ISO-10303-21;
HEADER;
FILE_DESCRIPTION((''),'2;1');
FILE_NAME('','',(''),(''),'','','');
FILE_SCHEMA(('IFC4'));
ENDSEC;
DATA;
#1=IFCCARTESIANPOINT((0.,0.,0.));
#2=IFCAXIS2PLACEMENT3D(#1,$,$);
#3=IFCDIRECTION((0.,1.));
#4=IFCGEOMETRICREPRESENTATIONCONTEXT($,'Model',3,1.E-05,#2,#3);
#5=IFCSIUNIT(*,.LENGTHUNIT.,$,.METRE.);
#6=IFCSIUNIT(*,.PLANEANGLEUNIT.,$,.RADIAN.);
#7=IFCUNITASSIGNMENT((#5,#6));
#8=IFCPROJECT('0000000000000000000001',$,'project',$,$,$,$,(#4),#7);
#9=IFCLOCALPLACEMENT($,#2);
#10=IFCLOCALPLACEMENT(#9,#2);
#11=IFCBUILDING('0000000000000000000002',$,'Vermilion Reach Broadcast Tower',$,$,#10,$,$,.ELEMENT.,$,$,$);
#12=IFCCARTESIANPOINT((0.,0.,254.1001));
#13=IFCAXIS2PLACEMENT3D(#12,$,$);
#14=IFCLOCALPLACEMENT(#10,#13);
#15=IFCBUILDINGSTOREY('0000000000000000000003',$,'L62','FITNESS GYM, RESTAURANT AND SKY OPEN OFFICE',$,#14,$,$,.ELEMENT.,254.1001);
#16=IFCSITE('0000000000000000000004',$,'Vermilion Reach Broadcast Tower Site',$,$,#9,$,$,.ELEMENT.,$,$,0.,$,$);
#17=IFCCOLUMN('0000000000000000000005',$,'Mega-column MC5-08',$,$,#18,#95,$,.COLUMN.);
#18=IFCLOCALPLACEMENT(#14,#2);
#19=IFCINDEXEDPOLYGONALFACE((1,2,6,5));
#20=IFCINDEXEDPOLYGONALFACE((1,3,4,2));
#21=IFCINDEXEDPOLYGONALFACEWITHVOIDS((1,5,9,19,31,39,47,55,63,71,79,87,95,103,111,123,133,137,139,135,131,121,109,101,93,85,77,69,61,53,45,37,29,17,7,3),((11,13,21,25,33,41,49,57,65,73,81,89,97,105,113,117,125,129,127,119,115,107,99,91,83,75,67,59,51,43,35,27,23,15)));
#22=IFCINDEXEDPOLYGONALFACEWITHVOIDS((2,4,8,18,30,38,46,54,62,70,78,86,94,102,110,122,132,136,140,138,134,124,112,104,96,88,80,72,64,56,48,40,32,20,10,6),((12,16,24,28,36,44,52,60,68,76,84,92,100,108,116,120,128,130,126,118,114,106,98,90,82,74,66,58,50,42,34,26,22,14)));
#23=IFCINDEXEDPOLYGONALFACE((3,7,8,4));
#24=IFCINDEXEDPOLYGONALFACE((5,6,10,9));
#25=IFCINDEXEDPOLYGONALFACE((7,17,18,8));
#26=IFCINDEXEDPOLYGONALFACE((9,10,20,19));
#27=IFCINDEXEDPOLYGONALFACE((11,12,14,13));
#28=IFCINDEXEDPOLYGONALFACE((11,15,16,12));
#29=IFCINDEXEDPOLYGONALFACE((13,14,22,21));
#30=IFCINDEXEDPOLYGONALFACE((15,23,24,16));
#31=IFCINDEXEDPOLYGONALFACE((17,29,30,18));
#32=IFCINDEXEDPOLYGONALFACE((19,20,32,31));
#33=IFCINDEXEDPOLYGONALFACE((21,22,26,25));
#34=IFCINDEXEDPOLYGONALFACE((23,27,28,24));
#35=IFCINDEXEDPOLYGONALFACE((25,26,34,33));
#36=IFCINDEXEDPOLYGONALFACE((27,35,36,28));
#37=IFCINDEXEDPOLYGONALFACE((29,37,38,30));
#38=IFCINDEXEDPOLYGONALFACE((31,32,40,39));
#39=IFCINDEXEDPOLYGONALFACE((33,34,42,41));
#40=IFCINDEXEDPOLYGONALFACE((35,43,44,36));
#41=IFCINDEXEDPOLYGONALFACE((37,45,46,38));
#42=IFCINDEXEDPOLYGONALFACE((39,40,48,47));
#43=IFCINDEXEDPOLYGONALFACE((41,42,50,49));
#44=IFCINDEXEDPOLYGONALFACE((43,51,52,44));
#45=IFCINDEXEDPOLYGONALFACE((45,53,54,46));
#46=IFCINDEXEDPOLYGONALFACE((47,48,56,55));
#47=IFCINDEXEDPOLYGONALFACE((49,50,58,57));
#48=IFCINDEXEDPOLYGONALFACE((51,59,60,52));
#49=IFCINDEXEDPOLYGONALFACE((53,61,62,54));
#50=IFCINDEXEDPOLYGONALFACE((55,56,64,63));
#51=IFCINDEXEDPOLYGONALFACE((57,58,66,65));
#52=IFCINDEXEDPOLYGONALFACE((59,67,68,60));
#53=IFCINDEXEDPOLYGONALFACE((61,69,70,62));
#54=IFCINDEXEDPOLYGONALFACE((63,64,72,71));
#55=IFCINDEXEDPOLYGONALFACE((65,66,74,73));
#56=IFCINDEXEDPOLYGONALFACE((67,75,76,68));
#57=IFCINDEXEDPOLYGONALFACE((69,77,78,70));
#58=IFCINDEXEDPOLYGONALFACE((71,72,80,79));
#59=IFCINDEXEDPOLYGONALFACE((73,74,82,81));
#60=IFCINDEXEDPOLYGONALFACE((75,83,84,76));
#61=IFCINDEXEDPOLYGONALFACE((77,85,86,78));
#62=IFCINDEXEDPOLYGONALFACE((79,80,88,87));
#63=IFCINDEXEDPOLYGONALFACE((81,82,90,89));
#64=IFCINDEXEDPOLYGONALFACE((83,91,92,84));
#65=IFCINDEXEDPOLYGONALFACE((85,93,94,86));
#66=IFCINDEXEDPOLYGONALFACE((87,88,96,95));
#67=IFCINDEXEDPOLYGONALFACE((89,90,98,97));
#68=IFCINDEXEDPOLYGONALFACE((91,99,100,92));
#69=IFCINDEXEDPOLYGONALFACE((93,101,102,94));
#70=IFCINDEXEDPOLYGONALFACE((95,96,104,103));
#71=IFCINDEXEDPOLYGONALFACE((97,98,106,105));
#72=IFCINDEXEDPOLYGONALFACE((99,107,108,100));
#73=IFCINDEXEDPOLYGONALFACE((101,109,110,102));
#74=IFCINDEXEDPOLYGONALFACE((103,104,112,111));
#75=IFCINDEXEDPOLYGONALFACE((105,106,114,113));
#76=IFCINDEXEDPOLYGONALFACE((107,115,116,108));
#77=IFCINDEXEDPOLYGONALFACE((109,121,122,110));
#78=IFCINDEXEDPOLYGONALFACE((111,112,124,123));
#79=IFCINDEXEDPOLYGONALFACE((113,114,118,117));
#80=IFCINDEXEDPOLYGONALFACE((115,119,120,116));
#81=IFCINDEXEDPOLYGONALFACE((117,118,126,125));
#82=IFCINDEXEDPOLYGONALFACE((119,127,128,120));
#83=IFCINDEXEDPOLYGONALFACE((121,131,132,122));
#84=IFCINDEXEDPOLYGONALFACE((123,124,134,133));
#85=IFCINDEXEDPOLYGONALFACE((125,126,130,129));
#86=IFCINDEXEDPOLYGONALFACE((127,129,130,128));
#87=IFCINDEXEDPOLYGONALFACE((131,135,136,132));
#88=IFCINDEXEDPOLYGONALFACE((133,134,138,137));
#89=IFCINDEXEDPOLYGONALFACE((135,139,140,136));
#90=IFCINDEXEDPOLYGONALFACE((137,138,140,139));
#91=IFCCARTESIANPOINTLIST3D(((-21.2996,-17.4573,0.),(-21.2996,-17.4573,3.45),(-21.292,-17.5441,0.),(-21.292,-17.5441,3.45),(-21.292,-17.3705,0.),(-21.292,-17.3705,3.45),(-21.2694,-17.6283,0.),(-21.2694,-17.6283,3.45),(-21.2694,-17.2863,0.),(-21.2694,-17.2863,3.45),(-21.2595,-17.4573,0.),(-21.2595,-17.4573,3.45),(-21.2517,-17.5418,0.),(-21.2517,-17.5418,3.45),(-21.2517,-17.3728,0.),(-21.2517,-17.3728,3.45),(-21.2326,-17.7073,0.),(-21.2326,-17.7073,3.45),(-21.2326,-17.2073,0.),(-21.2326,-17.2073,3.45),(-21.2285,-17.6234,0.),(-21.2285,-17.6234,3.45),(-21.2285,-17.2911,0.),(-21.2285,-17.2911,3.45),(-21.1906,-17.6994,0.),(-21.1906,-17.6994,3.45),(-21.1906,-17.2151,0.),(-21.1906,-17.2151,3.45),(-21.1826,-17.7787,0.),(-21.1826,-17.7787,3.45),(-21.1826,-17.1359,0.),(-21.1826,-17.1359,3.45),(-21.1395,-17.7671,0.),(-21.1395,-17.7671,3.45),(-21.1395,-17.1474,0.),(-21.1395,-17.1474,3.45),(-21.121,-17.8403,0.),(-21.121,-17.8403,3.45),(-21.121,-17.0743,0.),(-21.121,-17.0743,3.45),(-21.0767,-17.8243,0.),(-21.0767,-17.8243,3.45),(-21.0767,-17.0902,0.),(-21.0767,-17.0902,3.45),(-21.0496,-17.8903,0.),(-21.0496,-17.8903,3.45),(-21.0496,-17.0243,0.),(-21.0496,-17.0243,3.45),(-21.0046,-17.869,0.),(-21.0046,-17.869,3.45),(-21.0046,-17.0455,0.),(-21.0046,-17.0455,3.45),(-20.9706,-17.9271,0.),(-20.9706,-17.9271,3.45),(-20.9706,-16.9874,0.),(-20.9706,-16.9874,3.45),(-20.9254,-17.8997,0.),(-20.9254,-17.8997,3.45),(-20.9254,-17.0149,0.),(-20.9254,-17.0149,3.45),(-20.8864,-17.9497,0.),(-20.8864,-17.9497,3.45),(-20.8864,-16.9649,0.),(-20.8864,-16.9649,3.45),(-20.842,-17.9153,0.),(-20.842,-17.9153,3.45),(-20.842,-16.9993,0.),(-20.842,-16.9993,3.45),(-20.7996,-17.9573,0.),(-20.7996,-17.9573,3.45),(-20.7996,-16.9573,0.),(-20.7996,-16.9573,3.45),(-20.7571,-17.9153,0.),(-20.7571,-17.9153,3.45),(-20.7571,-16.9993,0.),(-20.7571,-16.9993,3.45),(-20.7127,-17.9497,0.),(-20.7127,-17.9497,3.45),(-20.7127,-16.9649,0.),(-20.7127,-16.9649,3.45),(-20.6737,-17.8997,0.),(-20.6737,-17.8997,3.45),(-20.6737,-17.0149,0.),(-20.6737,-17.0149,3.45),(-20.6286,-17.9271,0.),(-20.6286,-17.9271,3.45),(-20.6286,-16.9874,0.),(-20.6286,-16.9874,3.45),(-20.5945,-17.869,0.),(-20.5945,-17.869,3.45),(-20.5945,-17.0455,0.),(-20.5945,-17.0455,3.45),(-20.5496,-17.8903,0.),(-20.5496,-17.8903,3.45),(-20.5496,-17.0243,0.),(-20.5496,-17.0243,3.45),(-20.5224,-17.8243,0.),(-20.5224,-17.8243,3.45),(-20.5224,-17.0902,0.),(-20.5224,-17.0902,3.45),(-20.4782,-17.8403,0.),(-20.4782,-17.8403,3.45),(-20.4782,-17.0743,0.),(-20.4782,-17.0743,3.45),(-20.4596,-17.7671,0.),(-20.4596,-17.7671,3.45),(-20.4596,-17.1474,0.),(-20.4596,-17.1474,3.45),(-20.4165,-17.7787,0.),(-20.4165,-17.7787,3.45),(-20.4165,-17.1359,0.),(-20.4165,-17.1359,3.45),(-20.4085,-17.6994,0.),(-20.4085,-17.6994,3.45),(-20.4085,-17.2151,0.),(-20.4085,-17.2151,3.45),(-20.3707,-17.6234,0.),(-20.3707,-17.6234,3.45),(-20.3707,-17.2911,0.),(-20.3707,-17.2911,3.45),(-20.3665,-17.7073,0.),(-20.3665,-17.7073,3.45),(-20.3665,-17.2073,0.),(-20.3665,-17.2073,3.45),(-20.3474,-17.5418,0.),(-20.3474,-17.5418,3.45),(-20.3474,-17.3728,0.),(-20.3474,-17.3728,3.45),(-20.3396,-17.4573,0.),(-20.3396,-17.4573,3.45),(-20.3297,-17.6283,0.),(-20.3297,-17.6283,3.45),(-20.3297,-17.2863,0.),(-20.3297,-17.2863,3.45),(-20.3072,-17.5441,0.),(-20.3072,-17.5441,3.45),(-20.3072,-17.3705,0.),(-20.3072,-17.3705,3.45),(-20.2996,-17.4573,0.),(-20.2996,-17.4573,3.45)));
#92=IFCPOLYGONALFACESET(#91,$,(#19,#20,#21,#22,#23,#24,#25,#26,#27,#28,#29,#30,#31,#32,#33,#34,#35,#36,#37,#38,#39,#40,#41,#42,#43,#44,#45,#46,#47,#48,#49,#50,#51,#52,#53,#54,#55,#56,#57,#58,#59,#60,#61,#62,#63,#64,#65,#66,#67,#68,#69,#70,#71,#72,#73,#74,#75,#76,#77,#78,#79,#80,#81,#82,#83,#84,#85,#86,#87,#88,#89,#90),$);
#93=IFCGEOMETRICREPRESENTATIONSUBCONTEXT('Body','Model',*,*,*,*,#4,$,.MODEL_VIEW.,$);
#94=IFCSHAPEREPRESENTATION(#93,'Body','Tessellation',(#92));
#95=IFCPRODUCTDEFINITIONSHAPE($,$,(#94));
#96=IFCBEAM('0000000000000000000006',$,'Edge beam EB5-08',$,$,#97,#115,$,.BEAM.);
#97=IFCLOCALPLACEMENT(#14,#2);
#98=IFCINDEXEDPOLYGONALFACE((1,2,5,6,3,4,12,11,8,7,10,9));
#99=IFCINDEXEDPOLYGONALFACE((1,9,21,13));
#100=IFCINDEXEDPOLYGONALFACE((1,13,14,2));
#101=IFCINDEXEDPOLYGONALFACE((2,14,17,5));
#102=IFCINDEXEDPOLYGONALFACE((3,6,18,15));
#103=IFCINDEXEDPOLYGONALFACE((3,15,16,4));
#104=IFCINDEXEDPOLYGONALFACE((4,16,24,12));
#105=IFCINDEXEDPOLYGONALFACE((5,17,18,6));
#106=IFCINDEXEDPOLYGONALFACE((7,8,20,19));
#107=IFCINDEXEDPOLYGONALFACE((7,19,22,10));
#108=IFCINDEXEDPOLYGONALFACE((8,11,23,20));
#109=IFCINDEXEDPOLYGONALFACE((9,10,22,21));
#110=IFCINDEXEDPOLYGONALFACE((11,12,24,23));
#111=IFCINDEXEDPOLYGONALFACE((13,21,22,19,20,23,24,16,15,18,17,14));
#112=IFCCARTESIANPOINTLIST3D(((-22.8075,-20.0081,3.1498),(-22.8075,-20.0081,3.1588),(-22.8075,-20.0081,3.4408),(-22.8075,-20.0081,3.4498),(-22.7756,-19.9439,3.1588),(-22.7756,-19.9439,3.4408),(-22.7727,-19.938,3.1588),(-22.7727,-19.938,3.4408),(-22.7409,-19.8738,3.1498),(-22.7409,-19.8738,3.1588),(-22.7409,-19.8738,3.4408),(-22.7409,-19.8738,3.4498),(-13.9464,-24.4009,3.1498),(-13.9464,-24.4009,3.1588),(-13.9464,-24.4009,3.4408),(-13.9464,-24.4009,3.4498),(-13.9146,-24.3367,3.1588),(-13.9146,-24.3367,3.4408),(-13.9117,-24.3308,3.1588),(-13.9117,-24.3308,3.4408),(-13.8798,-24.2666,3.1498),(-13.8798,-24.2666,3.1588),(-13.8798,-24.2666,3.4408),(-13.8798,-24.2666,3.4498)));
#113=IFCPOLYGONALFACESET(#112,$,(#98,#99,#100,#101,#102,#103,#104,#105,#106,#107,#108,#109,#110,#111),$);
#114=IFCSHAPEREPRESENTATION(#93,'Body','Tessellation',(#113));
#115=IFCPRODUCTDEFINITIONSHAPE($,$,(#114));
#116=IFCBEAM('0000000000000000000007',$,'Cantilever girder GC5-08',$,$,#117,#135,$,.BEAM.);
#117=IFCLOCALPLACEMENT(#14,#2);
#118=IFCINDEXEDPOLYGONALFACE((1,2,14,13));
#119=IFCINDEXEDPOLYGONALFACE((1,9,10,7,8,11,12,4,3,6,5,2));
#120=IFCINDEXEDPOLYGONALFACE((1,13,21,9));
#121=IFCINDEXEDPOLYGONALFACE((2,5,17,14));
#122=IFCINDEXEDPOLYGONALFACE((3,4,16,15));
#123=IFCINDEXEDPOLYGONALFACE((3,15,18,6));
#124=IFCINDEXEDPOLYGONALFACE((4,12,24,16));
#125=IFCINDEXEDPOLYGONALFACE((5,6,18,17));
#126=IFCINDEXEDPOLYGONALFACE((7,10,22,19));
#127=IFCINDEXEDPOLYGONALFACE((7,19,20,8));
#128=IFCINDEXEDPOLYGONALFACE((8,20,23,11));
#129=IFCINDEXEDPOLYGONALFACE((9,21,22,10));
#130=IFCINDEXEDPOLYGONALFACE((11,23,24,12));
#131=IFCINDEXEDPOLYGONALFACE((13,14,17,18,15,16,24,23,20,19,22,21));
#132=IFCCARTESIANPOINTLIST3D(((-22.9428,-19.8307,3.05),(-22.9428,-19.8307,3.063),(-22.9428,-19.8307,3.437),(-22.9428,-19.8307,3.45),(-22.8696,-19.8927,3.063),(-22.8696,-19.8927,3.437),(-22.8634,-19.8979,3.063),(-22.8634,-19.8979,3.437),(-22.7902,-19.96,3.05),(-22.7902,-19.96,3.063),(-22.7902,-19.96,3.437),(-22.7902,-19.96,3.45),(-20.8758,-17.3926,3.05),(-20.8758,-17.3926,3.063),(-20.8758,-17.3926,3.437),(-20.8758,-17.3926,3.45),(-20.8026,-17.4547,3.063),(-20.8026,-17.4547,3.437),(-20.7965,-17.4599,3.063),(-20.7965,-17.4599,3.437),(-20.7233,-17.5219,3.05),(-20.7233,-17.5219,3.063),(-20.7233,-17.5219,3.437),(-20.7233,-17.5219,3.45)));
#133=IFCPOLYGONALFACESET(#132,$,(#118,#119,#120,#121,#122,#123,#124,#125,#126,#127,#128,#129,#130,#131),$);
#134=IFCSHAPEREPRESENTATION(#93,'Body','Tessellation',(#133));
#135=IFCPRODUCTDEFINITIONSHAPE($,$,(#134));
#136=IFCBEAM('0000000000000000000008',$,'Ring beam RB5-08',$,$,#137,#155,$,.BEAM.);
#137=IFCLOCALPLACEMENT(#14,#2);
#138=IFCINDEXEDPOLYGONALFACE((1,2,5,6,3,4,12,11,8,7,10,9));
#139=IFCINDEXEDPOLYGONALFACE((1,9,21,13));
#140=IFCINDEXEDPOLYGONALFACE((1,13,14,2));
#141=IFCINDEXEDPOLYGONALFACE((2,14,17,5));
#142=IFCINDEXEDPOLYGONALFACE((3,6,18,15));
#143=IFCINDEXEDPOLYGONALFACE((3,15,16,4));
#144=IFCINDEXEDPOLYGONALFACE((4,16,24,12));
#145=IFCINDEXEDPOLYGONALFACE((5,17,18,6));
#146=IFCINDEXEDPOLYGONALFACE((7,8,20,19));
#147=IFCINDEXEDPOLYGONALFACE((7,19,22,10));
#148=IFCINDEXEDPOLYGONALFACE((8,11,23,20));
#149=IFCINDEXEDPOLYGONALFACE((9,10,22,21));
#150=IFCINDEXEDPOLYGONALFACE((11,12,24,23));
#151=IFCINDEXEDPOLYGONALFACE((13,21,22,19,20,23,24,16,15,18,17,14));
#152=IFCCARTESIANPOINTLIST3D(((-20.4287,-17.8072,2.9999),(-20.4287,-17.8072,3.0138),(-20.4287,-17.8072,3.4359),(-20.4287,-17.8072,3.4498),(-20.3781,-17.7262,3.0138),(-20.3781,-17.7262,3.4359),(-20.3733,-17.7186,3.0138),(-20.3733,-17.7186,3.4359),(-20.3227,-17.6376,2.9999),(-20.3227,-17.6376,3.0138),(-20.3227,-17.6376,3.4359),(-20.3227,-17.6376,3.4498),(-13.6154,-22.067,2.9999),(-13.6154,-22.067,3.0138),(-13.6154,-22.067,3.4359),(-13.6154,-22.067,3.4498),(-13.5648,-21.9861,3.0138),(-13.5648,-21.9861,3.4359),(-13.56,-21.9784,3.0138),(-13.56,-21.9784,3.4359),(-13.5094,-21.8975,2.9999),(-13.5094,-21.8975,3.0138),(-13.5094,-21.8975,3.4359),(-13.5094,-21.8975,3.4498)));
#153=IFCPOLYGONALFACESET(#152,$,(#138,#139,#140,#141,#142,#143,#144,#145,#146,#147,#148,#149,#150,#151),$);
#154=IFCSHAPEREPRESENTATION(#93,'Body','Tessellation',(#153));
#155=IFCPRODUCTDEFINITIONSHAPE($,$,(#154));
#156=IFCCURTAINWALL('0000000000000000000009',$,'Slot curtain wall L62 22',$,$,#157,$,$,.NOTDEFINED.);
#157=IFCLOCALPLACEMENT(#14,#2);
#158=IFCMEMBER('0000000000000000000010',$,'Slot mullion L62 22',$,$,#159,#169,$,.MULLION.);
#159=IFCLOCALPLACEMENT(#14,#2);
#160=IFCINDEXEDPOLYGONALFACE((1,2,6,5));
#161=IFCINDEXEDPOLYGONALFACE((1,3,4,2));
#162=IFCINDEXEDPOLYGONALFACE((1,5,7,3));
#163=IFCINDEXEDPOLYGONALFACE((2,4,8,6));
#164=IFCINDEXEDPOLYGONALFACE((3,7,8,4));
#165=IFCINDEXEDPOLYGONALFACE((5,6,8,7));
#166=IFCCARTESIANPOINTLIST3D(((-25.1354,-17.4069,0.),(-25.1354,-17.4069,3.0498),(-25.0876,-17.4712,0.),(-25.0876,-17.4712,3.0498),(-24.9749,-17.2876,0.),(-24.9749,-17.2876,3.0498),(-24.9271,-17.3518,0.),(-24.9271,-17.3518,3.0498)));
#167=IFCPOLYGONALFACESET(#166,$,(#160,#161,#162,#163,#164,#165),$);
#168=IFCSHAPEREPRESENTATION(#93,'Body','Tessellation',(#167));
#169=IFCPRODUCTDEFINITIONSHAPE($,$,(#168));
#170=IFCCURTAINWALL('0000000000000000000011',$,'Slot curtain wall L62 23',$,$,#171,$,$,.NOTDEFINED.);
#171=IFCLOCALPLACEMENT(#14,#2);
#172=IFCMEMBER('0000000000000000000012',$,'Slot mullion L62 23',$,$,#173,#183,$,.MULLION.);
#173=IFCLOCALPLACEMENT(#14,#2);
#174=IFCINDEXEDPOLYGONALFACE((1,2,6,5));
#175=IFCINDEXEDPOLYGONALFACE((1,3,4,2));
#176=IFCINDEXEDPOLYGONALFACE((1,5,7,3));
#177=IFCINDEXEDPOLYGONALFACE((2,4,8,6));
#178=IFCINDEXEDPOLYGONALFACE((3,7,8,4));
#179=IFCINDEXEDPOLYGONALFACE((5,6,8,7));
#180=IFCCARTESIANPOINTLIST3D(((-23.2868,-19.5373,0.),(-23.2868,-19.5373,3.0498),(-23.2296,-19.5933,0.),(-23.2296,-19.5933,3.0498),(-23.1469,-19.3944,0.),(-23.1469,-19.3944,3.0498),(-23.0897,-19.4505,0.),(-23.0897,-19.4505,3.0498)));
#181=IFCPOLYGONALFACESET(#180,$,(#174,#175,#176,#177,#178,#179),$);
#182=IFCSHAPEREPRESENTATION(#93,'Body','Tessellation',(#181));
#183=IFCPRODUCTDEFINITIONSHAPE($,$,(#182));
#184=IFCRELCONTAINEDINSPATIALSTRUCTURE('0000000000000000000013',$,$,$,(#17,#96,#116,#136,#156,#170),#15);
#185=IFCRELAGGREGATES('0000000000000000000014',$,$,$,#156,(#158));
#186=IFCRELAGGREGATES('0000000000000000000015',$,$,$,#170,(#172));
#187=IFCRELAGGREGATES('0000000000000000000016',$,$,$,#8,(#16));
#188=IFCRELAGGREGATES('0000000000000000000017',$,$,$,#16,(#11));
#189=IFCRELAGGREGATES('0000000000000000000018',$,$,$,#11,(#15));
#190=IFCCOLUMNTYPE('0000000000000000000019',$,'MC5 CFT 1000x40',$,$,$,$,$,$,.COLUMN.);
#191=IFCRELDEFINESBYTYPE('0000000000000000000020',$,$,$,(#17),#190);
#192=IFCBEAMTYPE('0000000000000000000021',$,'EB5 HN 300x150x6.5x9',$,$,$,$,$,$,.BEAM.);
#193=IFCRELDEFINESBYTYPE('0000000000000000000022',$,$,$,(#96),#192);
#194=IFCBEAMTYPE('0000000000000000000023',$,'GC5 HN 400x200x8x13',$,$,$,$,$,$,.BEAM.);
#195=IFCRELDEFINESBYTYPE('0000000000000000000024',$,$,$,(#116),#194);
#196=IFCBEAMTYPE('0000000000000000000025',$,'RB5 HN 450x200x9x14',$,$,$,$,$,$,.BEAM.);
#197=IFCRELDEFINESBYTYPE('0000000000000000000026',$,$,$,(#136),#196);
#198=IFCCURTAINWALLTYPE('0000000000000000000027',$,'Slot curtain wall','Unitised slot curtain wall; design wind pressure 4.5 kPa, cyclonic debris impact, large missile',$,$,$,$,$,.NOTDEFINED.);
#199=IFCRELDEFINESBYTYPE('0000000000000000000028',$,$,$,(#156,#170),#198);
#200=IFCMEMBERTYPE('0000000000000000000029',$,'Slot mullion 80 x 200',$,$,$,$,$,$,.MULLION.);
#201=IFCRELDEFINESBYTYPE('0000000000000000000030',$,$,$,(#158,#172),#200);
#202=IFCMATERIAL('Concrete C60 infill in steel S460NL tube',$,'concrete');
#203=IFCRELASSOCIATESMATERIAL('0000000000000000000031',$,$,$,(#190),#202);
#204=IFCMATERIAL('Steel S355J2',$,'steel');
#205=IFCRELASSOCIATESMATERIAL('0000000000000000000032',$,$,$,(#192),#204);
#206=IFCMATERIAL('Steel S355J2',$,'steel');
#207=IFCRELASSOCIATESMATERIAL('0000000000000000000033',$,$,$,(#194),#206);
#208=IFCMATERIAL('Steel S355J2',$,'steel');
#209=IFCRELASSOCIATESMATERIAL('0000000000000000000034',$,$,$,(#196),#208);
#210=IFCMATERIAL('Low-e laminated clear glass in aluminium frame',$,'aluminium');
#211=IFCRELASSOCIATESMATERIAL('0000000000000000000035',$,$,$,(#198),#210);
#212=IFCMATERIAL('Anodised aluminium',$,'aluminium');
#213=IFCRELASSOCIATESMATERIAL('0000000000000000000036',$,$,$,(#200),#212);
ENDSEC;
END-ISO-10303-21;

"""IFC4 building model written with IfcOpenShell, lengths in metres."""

from ifc_helpers import new_model, si_unit, direction, frame, origin, origin_2d, place, context, subcontext, project, spatial, rectangle, hollow_circle, i_section, extrude, material, material_profile, profile_set, type_object, element, aggregate, save


model = new_model("IFC4")

# Units and contexts
model_context = context("Model", 3, precision=1e-05, world=origin(), true_north=direction((0.0, 1.0)))
body_context = subcontext(model_context, "Body", "Model", "MODEL_VIEW")
ifc_project = project(units=[si_unit("LENGTHUNIT", "METRE"), si_unit("PLANEANGLEUNIT", "RADIAN")], contexts=[model_context])

# Site, building, storey
site_placement = place(None, origin())
site = spatial("IfcSite", under=ifc_project, at=site_placement, Name="Vermilion Reach Broadcast Tower Site", CompositionType="ELEMENT", RefElevation=0.0)
building_placement = place(site_placement, origin())
building = spatial("IfcBuilding", under=site, at=building_placement, Name="Vermilion Reach Broadcast Tower", CompositionType="ELEMENT")
storey_placement = place(building_placement, frame((0.0, 0.0, 254.1001)))
storey = spatial("IfcBuildingStorey", under=building, at=storey_placement, Name="L62", Description="FITNESS GYM, RESTAURANT AND SKY OPEN OFFICE", CompositionType="ELEMENT", Elevation=254.1001)

# Column
ifc_material_1 = material(Name="Concrete C60 infill in steel S460NL tube", Category="concrete")
ifc_material_profile_1 = material_profile(ifc_material_1, hollow_circle(Radius=0.5, WallThickness=0.04, at=origin_2d()), Name="Concrete C60 infill in steel S460NL tube CFT 1000x40")
ifc_profile_set_1 = profile_set([ifc_material_profile_1], Name="Concrete C60 infill in steel S460NL tube")
column_type = type_object("IfcColumnType", Name="MC5 CFT 1000x40", PredefinedType="COLUMN", material=ifc_profile_set_1)
column_placement = place(storey_placement, frame((-20.7996, -17.4573, 0.0), z_axis=(0.0, 0.0, 1.0), x_axis=(1.0, 0.0, 0.0)))
element("IfcColumn", 1, at=column_placement, inside=storey, type_object=column_type, Name="Mega-column MC5-08", PredefinedType="COLUMN", context=body_context, shape_type="SweptSolid", body=[
    extrude(hollow_circle(Radius=0.5, WallThickness=0.04, at=origin_2d()), origin(), (0.0, 0.0, 1.0), 3.45),
])

# Beams
ifc_material_2 = material(Name="Steel S355J2", Category="steel")
ifc_material_profile_2 = material_profile(ifc_material_2, i_section(OverallWidth=0.1499, OverallDepth=0.3, WebThickness=0.0066, FlangeThickness=0.009, at=origin_2d()), Name="S355J2 HN 300x150x6.5x9")
ifc_profile_set_2 = profile_set([ifc_material_profile_2], Name="Steel S355J2")
beam_type_1 = type_object("IfcBeamType", Name="EB5 HN 300x150x6.5x9", PredefinedType="BEAM", material=ifc_profile_set_2)
beam_1_placement = place(storey_placement, frame((-22.7742, -19.9409, 3.2998), z_axis=(0.895948, -0.44416, 0.0), x_axis=(0.44416, 0.895948, 0.0)))
element("IfcBeam", 2, at=beam_1_placement, inside=storey, type_object=beam_type_1, Name="Edge beam EB5-08", PredefinedType="BEAM", context=body_context, shape_type="SweptSolid", body=[
    extrude(i_section(OverallWidth=0.1499, OverallDepth=0.3, WebThickness=0.0066, FlangeThickness=0.009, at=origin_2d()), origin(), (0.0, 0.0, 1.0), 9.8901),
])
ifc_material_3 = material(Name="Steel S355J2", Category="steel")
ifc_material_profile_3 = material_profile(ifc_material_3, i_section(OverallWidth=0.2, OverallDepth=0.3999, WebThickness=0.0081, FlangeThickness=0.0129, at=origin_2d()), Name="S355J2 HN 400x200x8x13")
ifc_profile_set_3 = profile_set([ifc_material_profile_3], Name="Steel S355J2")
beam_type_2 = type_object("IfcBeamType", Name="GC5 HN 400x200x8x13", PredefinedType="BEAM", material=ifc_profile_set_3)
beam_2_placement = place(storey_placement, frame((-20.7996, -17.4573, 3.25), z_axis=(-0.646668, -0.762772, 0.0), x_axis=(0.762772, -0.646668, 0.0)))
element("IfcBeam", 3, at=beam_2_placement, inside=storey, type_object=beam_type_2, Name="Cantilever girder GC5-08", PredefinedType="BEAM", context=body_context, shape_type="SweptSolid", body=[
    extrude(i_section(OverallWidth=0.2, OverallDepth=0.3999, WebThickness=0.0081, FlangeThickness=0.0129, at=origin_2d()), origin(), (0.0, 0.0, 1.0), 3.1963),
])
ifc_material_4 = material(Name="Steel S355J2", Category="steel")
ifc_material_profile_4 = material_profile(ifc_material_4, i_section(OverallWidth=0.2, OverallDepth=0.45, WebThickness=0.009, FlangeThickness=0.0139, at=origin_2d()), Name="S355J2 HN 450x200x9x14")
ifc_profile_set_4 = profile_set([ifc_material_profile_4], Name="Steel S355J2")
beam_type_3 = type_object("IfcBeamType", Name="RB5 HN 450x200x9x14", PredefinedType="BEAM", material=ifc_profile_set_4)
beam_3_placement = place(storey_placement, frame((-20.3757, -17.7224, 3.2249), z_axis=(0.847915, -0.530133, 0.0), x_axis=(0.530133, 0.847915, 0.0)))
element("IfcBeam", 4, at=beam_3_placement, inside=storey, type_object=beam_type_3, Name="Ring beam RB5-08", PredefinedType="BEAM", context=body_context, shape_type="SweptSolid", body=[
    extrude(i_section(OverallWidth=0.2, OverallDepth=0.45, WebThickness=0.009, FlangeThickness=0.0139, at=origin_2d()), origin(), (0.0, 0.0, 1.0), 8.0354),
])

# Curtain walls, members
ifc_material_5 = material(Name="Low-e laminated clear glass in aluminium frame", Category="aluminium")
curtain_wall_type = type_object("IfcCurtainWallType", Name="Slot curtain wall", Description="Unitised slot curtain wall; design wind pressure 4.5 kPa, cyclonic debris impact, large missile", PredefinedType="NOTDEFINED", material=ifc_material_5)
placement = place(storey_placement, origin())
curtain_wall_1 = element("IfcCurtainWall", 5, at=placement, inside=storey, type_object=curtain_wall_type, Name="Slot curtain wall L62 22", PredefinedType="NOTDEFINED")
ifc_material_6 = material(Name="Anodised aluminium", Category="aluminium")
ifc_material_profile_5 = material_profile(ifc_material_6, rectangle(XDim=0.2, YDim=0.0801, at=origin_2d()), Name="Slot mullion 80 x 200")
ifc_profile_set_5 = profile_set([ifc_material_profile_5], Name="Anodised aluminium")
member_type_1 = type_object("IfcMemberType", Name="Slot mullion 80 x 200", PredefinedType="MULLION", material=ifc_profile_set_5)
member_1_placement = place(storey_placement, frame((-25.0312, -17.3794, 0.0), z_axis=(0.0, 0.0, 1.0), x_axis=(0.802333, 0.596877, 0.0)))
member_1 = element("IfcMember", 6, at=member_1_placement, type_object=member_type_1, Name="Slot mullion L62 22", PredefinedType="MULLION", context=body_context, shape_type="SweptSolid", body=[
    extrude(rectangle(XDim=0.2, YDim=0.0801, at=origin_2d()), origin(), (0.0, 0.0, 1.0), 3.0498),
])
curtain_wall_2 = element("IfcCurtainWall", 7, at=placement, inside=storey, type_object=curtain_wall_type, Name="Slot curtain wall L62 23", PredefinedType="NOTDEFINED")
member_2_placement = place(storey_placement, frame((-23.1882, -19.4939, 0.0), z_axis=(0.0, 0.0, 1.0), x_axis=(0.699525, 0.714608, 0.0)))
member_2 = element("IfcMember", 8, at=member_2_placement, type_object=member_type_1, Name="Slot mullion L62 23", PredefinedType="MULLION", context=body_context, shape_type="SweptSolid", body=[
    extrude(rectangle(XDim=0.2, YDim=0.0801, at=origin_2d()), origin(), (0.0, 0.0, 1.0), 3.0498),
])

aggregate(curtain_wall_1, [member_1])
aggregate(curtain_wall_2, [member_2])

save(model, "model.ifc")
